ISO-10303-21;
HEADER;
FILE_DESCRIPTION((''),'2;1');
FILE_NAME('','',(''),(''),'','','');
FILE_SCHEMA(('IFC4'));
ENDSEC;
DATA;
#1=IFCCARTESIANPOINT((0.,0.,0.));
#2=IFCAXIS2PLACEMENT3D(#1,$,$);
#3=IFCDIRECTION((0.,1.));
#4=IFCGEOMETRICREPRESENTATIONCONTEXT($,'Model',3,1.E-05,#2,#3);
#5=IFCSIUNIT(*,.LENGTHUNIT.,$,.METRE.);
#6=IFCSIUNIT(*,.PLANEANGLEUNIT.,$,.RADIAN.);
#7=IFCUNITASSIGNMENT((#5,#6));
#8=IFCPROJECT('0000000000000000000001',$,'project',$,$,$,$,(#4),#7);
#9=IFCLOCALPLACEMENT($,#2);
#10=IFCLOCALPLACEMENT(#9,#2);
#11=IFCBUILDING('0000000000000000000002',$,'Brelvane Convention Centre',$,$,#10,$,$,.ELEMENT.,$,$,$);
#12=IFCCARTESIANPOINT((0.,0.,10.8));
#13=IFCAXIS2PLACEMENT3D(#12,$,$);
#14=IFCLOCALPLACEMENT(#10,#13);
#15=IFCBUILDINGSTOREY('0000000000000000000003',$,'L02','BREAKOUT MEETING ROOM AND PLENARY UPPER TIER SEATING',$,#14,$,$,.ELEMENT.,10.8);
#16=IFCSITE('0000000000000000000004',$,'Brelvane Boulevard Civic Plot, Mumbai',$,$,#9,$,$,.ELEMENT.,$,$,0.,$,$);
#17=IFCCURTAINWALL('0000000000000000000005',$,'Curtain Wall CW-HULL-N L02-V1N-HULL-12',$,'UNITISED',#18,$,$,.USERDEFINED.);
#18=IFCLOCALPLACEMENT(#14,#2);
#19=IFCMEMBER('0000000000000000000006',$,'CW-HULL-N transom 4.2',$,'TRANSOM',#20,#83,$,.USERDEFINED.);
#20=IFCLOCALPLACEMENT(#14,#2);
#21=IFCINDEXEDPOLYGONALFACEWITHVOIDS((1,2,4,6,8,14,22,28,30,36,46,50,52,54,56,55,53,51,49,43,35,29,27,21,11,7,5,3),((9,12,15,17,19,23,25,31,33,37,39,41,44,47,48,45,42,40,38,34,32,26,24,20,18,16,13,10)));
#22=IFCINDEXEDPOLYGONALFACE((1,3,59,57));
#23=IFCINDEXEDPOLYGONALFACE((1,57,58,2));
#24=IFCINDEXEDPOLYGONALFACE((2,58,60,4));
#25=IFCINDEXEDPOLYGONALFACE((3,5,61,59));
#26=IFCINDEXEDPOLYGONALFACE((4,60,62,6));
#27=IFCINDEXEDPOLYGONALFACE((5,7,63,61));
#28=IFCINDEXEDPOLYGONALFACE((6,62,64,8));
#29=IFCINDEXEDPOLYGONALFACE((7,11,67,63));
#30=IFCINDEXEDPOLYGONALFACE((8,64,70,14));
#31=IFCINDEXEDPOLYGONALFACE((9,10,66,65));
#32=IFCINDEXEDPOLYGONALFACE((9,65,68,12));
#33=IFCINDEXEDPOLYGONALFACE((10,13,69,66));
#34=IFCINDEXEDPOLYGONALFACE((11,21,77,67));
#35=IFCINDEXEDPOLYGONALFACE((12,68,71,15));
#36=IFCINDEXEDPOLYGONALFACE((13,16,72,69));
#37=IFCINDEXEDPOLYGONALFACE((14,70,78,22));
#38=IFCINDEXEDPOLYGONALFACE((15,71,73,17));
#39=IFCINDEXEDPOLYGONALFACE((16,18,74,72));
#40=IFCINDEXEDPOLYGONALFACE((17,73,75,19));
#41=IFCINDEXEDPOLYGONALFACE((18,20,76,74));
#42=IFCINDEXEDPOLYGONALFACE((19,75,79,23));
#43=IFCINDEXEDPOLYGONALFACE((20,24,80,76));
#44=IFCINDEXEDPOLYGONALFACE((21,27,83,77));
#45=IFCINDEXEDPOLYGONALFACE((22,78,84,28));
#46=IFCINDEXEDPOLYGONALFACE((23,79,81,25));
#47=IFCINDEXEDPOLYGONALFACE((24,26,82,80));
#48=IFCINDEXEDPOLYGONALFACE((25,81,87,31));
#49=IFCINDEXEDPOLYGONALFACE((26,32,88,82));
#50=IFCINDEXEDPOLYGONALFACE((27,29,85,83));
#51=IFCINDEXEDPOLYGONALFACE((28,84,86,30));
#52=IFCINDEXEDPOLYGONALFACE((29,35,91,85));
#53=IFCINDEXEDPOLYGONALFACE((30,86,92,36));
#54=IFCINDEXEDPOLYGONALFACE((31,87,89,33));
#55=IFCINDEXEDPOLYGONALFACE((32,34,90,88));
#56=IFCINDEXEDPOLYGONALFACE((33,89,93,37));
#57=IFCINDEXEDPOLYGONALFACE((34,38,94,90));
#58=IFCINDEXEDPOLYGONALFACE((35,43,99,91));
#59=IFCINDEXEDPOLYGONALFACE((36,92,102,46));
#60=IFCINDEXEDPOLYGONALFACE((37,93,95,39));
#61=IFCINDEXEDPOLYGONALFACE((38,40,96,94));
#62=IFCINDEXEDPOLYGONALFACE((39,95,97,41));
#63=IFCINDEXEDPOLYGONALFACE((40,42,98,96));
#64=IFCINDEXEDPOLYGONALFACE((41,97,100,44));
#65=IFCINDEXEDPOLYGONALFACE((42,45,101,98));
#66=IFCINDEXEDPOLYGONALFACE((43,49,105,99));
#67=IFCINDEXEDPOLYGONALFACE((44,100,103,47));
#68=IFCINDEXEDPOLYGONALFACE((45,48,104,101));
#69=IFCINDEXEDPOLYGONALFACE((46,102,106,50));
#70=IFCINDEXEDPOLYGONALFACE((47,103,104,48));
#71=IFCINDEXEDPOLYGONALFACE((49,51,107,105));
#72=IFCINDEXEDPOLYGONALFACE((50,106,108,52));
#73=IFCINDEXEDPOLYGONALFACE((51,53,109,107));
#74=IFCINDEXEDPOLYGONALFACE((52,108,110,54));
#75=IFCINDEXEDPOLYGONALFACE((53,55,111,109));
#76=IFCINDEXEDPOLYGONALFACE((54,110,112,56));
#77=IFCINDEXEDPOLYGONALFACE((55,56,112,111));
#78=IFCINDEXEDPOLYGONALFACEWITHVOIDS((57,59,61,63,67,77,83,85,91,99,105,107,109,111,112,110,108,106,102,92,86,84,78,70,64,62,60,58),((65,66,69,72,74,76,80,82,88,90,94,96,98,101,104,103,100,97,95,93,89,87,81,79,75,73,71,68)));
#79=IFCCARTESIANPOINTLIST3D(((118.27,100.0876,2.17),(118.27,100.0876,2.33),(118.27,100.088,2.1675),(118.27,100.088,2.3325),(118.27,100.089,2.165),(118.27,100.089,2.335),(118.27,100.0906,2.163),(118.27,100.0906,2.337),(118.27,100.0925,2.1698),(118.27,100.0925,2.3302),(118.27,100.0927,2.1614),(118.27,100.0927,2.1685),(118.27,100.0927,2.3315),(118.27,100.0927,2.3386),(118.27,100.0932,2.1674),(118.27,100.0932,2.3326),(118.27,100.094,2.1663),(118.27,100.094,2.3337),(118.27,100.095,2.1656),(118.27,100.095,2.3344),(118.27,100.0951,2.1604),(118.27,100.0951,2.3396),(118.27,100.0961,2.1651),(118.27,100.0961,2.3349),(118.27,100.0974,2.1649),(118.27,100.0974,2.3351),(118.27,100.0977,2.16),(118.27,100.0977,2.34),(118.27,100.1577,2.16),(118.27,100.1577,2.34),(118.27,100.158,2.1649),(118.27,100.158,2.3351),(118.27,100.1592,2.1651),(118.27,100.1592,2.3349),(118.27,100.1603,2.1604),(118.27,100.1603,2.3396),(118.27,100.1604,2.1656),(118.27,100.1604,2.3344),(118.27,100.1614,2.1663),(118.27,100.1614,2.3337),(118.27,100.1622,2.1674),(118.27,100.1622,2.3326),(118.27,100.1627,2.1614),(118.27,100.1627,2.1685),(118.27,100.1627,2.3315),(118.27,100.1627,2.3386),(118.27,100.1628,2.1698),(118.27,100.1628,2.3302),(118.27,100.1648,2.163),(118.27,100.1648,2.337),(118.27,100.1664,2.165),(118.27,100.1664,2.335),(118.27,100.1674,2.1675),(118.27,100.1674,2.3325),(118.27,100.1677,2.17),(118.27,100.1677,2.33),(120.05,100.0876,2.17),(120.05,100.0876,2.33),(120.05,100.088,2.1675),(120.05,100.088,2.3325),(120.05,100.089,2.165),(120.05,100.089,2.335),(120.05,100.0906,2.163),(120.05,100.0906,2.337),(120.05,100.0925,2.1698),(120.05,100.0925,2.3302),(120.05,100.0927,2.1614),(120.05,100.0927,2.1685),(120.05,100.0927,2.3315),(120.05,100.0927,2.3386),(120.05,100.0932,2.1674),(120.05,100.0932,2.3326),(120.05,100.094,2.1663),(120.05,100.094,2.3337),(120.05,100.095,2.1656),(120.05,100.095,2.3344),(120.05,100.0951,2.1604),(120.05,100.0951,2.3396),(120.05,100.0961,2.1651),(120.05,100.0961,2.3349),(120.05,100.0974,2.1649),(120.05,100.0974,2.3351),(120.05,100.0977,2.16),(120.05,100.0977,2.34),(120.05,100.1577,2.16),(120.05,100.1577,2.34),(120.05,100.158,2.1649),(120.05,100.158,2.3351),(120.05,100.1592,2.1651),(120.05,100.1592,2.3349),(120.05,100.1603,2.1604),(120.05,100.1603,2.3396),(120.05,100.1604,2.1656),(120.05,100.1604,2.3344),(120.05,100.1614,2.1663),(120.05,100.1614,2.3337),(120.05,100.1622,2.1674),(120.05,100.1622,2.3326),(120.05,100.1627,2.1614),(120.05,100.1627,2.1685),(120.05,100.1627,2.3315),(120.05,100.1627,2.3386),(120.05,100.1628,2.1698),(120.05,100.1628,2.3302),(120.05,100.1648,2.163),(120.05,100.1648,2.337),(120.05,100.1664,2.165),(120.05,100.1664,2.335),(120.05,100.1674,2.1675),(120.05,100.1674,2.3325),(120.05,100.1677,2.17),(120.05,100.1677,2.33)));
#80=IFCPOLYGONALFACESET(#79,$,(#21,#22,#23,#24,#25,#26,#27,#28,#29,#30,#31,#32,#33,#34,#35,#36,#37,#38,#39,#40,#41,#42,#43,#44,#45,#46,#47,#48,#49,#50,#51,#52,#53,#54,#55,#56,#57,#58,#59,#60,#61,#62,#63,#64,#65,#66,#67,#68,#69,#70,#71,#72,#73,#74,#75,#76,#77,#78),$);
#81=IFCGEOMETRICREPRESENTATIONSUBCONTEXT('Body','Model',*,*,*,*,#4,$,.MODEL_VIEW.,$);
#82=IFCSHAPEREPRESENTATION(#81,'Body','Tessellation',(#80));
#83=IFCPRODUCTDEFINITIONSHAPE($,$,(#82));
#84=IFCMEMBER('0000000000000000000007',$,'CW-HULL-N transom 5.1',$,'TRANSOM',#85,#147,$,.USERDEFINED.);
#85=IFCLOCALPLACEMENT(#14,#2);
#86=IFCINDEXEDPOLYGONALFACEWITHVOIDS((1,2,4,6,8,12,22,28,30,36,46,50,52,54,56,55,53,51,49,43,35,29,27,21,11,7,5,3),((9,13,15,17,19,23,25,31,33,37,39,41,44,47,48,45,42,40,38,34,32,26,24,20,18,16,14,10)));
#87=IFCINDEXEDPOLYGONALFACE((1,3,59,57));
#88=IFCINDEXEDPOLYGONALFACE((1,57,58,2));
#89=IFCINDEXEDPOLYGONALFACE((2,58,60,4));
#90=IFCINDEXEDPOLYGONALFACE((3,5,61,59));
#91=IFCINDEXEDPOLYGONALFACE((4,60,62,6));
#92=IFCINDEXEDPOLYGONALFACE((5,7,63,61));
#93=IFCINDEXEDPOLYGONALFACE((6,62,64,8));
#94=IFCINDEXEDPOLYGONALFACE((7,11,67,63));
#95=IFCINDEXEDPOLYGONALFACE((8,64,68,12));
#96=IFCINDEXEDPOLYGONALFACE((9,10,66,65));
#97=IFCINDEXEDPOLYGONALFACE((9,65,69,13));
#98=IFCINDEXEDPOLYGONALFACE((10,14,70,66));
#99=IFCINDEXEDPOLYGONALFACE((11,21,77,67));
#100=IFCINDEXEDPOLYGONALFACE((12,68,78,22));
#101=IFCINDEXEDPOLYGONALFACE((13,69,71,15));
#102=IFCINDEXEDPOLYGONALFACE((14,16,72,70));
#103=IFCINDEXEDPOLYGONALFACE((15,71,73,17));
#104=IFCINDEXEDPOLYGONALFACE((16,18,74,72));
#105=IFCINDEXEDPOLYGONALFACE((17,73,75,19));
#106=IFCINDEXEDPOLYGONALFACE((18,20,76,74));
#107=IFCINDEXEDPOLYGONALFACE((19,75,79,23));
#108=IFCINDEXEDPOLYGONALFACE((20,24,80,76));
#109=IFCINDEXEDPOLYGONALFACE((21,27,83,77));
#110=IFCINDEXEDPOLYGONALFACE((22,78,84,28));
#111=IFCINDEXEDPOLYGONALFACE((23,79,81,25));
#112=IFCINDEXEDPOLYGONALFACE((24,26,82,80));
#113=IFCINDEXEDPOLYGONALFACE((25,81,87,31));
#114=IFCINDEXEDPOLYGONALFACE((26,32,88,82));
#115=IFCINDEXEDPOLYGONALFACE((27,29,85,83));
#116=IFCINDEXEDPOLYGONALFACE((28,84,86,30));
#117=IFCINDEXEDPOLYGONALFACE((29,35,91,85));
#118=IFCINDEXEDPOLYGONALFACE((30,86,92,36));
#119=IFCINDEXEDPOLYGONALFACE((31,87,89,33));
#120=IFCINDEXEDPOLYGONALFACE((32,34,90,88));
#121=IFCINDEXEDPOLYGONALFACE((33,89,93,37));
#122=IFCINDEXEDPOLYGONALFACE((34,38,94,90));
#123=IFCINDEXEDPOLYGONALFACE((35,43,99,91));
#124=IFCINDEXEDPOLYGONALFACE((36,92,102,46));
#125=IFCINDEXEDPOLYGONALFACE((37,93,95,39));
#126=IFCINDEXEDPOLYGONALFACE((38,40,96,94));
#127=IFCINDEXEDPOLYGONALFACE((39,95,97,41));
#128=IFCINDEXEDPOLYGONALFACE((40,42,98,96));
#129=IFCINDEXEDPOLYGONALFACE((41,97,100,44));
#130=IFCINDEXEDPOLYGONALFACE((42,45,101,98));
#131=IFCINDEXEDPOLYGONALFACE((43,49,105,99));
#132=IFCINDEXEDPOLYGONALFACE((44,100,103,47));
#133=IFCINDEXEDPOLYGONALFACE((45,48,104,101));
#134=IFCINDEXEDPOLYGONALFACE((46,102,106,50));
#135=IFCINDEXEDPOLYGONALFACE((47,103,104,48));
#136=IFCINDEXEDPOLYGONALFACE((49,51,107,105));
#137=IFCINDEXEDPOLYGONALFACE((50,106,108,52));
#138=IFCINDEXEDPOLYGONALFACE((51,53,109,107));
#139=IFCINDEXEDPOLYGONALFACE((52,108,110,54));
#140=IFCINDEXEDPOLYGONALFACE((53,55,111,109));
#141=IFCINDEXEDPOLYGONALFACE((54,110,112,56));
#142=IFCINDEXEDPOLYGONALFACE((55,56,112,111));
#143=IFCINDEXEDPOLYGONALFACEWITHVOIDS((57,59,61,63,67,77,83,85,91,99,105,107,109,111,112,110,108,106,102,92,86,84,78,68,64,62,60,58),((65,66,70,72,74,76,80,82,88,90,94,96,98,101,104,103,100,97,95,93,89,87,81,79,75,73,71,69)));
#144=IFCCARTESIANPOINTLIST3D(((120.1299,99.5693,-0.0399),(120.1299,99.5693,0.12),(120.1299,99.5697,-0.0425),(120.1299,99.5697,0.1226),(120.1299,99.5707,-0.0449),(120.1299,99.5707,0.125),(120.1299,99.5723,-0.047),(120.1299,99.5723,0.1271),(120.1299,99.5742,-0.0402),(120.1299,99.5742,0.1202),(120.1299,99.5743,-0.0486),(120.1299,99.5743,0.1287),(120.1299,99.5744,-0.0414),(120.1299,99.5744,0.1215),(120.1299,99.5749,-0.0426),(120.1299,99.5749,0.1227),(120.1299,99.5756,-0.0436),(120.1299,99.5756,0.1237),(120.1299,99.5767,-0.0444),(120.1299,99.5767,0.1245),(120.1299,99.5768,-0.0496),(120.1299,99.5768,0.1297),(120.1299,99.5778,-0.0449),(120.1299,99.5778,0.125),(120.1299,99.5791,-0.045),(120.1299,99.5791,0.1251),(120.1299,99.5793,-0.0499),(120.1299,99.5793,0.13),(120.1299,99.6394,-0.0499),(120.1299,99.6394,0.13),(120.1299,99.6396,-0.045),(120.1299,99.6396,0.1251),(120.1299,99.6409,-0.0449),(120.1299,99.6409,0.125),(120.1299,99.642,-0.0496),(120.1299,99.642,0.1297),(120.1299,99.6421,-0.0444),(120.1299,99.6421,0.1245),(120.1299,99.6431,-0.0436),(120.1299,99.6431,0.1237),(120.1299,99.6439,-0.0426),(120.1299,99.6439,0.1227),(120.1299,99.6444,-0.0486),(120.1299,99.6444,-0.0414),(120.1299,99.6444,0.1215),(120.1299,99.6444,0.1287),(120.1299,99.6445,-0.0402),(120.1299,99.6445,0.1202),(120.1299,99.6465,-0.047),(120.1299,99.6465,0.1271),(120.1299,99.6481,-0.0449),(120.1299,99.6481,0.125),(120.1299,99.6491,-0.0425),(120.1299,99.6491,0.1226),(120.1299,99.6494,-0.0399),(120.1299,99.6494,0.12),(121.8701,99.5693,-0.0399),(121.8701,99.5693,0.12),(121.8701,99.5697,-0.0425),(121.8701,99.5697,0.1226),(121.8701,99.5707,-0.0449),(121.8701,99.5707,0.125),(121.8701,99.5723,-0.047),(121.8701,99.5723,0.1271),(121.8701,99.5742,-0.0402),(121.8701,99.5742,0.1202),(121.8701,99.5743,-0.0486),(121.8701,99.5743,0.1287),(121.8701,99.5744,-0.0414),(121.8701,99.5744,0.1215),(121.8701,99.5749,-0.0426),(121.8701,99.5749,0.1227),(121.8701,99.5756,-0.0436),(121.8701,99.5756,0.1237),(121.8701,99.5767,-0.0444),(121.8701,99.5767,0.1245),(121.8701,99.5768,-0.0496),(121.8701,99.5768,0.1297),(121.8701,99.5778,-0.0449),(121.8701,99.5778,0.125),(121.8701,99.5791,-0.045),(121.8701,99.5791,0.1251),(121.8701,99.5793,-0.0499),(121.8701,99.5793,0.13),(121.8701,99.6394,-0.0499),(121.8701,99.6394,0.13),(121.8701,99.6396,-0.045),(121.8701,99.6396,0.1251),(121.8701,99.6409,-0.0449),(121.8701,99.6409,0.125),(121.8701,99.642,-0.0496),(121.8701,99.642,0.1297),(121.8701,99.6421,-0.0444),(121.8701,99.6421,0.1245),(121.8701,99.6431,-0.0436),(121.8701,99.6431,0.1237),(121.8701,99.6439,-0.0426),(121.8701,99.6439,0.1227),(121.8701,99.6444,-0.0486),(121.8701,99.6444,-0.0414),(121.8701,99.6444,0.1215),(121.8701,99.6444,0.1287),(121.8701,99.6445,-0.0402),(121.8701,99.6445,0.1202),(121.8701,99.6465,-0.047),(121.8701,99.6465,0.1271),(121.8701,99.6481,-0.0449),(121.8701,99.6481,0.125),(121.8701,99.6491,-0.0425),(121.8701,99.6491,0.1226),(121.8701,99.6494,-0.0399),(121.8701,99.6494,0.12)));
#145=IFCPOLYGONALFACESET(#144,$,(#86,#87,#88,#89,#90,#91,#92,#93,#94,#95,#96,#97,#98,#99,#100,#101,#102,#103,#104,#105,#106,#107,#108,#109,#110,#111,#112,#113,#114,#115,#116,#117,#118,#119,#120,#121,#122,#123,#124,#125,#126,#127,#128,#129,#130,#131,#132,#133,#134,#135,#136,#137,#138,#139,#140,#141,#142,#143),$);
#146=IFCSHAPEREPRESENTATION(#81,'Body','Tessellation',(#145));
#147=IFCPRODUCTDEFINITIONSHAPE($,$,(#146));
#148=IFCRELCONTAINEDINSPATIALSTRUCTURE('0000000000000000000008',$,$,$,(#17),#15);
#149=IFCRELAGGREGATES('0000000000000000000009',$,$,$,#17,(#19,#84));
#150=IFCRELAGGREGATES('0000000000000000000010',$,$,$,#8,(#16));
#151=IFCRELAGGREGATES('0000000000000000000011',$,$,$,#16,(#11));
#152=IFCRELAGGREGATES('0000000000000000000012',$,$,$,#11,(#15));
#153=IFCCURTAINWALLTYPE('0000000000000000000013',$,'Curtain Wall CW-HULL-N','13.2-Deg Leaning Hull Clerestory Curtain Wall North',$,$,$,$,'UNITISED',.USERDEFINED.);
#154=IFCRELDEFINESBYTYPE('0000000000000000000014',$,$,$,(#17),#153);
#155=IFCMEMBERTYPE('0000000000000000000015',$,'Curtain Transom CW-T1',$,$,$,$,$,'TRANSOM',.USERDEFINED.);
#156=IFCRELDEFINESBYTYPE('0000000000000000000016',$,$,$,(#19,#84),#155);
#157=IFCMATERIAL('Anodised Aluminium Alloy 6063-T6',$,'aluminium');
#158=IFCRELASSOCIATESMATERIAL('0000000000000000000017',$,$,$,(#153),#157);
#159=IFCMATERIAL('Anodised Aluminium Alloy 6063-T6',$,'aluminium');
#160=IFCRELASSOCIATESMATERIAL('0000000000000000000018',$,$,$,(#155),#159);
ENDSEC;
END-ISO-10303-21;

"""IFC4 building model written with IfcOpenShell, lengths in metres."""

from ifc_helpers import new_model, si_unit, direction, frame, origin, origin_2d, place, context, subcontext, project, spatial, hollow_rectangle, extrude, material, material_profile, profile_set, type_object, element, aggregate, save


model = new_model("IFC4")

# Units and contexts
model_context = context("Model", 3, precision=1e-05, world=origin(), true_north=direction((0.0, 1.0)))
body_context = subcontext(model_context, "Body", "Model", "MODEL_VIEW")
ifc_project = project(units=[si_unit("LENGTHUNIT", "METRE"), si_unit("PLANEANGLEUNIT", "RADIAN")], contexts=[model_context])

# Site, building, storey
site_placement = place(None, origin())
site = spatial("IfcSite", under=ifc_project, at=site_placement, Name="Brelvane Boulevard Civic Plot, Mumbai", CompositionType="ELEMENT", RefElevation=0.0)
building_placement = place(site_placement, origin())
building = spatial("IfcBuilding", under=site, at=building_placement, Name="Brelvane Convention Centre", CompositionType="ELEMENT")
storey_placement = place(building_placement, frame((0.0, 0.0, 10.8)))
storey = spatial("IfcBuildingStorey", under=building, at=storey_placement, Name="L02", Description="BREAKOUT MEETING ROOM AND PLENARY UPPER TIER SEATING", CompositionType="ELEMENT", Elevation=10.8)

# Curtain wall
ifc_material_1 = material(Name="Anodised Aluminium Alloy 6063-T6", Category="aluminium")
curtain_wall_type = type_object("IfcCurtainWallType", Name="Curtain Wall CW-HULL-N", Description="13.2-Deg Leaning Hull Clerestory Curtain Wall North", ElementType="UNITISED", PredefinedType="USERDEFINED", material=ifc_material_1)
curtain_wall_1_placement = place(storey_placement, origin())
curtain_wall_1 = element("IfcCurtainWall", 1, at=curtain_wall_1_placement, inside=storey, type_object=curtain_wall_type, Name="Curtain Wall CW-HULL-N L02-V1N-HULL-12", ObjectType="UNITISED", PredefinedType="USERDEFINED")

# Members
ifc_material_2 = material(Name="Anodised Aluminium Alloy 6063-T6", Category="aluminium")
ifc_material_profile_1 = material_profile(ifc_material_2, hollow_rectangle(XDim=0.0801, YDim=0.1799, WallThickness=0.0049, InnerFilletRadius=0.0049, OuterFilletRadius=0.01, at=origin_2d()), Name="ALU-T 180x80x5.0")
ifc_profile_set_1 = profile_set([ifc_material_profile_1], Name="Anodised Aluminium Alloy 6063-T6")
member_type_1 = type_object("IfcMemberType", Name="Curtain Transom CW-T1", ElementType="TRANSOM", PredefinedType="USERDEFINED", material=ifc_profile_set_1)
member_1_placement = place(storey_placement, frame((118.27, 100.1277, 2.25), z_axis=(1.0, 0.0, 0.0), x_axis=(0.0, 1.0, 0.0)))
member_1 = element("IfcMember", 2, at=member_1_placement, type_object=member_type_1, Name="CW-HULL-N transom 4.2", ObjectType="TRANSOM", PredefinedType="USERDEFINED", context=body_context, shape_type="SweptSolid", body=[
    extrude(hollow_rectangle(XDim=0.0801, YDim=0.1799, WallThickness=0.0049, InnerFilletRadius=0.0049, OuterFilletRadius=0.01, at=origin_2d()), origin(), (0.0, 0.0, 1.0), 1.78),
])
member_2_placement = place(storey_placement, frame((120.1299, 99.6094, 0.04), z_axis=(1.0, 0.0, 0.0), x_axis=(0.0, 1.0, 0.0)))
member_2 = element("IfcMember", 3, at=member_2_placement, type_object=member_type_1, Name="CW-HULL-N transom 5.1", ObjectType="TRANSOM", PredefinedType="USERDEFINED", context=body_context, shape_type="SweptSolid", body=[
    extrude(hollow_rectangle(XDim=0.0801, YDim=0.1799, WallThickness=0.0049, InnerFilletRadius=0.0049, OuterFilletRadius=0.01, at=origin_2d()), origin(), (0.0, 0.0, 1.0), 1.7402),
])

aggregate(curtain_wall_1, [member_1, member_2])

save(model, "model.ifc")
